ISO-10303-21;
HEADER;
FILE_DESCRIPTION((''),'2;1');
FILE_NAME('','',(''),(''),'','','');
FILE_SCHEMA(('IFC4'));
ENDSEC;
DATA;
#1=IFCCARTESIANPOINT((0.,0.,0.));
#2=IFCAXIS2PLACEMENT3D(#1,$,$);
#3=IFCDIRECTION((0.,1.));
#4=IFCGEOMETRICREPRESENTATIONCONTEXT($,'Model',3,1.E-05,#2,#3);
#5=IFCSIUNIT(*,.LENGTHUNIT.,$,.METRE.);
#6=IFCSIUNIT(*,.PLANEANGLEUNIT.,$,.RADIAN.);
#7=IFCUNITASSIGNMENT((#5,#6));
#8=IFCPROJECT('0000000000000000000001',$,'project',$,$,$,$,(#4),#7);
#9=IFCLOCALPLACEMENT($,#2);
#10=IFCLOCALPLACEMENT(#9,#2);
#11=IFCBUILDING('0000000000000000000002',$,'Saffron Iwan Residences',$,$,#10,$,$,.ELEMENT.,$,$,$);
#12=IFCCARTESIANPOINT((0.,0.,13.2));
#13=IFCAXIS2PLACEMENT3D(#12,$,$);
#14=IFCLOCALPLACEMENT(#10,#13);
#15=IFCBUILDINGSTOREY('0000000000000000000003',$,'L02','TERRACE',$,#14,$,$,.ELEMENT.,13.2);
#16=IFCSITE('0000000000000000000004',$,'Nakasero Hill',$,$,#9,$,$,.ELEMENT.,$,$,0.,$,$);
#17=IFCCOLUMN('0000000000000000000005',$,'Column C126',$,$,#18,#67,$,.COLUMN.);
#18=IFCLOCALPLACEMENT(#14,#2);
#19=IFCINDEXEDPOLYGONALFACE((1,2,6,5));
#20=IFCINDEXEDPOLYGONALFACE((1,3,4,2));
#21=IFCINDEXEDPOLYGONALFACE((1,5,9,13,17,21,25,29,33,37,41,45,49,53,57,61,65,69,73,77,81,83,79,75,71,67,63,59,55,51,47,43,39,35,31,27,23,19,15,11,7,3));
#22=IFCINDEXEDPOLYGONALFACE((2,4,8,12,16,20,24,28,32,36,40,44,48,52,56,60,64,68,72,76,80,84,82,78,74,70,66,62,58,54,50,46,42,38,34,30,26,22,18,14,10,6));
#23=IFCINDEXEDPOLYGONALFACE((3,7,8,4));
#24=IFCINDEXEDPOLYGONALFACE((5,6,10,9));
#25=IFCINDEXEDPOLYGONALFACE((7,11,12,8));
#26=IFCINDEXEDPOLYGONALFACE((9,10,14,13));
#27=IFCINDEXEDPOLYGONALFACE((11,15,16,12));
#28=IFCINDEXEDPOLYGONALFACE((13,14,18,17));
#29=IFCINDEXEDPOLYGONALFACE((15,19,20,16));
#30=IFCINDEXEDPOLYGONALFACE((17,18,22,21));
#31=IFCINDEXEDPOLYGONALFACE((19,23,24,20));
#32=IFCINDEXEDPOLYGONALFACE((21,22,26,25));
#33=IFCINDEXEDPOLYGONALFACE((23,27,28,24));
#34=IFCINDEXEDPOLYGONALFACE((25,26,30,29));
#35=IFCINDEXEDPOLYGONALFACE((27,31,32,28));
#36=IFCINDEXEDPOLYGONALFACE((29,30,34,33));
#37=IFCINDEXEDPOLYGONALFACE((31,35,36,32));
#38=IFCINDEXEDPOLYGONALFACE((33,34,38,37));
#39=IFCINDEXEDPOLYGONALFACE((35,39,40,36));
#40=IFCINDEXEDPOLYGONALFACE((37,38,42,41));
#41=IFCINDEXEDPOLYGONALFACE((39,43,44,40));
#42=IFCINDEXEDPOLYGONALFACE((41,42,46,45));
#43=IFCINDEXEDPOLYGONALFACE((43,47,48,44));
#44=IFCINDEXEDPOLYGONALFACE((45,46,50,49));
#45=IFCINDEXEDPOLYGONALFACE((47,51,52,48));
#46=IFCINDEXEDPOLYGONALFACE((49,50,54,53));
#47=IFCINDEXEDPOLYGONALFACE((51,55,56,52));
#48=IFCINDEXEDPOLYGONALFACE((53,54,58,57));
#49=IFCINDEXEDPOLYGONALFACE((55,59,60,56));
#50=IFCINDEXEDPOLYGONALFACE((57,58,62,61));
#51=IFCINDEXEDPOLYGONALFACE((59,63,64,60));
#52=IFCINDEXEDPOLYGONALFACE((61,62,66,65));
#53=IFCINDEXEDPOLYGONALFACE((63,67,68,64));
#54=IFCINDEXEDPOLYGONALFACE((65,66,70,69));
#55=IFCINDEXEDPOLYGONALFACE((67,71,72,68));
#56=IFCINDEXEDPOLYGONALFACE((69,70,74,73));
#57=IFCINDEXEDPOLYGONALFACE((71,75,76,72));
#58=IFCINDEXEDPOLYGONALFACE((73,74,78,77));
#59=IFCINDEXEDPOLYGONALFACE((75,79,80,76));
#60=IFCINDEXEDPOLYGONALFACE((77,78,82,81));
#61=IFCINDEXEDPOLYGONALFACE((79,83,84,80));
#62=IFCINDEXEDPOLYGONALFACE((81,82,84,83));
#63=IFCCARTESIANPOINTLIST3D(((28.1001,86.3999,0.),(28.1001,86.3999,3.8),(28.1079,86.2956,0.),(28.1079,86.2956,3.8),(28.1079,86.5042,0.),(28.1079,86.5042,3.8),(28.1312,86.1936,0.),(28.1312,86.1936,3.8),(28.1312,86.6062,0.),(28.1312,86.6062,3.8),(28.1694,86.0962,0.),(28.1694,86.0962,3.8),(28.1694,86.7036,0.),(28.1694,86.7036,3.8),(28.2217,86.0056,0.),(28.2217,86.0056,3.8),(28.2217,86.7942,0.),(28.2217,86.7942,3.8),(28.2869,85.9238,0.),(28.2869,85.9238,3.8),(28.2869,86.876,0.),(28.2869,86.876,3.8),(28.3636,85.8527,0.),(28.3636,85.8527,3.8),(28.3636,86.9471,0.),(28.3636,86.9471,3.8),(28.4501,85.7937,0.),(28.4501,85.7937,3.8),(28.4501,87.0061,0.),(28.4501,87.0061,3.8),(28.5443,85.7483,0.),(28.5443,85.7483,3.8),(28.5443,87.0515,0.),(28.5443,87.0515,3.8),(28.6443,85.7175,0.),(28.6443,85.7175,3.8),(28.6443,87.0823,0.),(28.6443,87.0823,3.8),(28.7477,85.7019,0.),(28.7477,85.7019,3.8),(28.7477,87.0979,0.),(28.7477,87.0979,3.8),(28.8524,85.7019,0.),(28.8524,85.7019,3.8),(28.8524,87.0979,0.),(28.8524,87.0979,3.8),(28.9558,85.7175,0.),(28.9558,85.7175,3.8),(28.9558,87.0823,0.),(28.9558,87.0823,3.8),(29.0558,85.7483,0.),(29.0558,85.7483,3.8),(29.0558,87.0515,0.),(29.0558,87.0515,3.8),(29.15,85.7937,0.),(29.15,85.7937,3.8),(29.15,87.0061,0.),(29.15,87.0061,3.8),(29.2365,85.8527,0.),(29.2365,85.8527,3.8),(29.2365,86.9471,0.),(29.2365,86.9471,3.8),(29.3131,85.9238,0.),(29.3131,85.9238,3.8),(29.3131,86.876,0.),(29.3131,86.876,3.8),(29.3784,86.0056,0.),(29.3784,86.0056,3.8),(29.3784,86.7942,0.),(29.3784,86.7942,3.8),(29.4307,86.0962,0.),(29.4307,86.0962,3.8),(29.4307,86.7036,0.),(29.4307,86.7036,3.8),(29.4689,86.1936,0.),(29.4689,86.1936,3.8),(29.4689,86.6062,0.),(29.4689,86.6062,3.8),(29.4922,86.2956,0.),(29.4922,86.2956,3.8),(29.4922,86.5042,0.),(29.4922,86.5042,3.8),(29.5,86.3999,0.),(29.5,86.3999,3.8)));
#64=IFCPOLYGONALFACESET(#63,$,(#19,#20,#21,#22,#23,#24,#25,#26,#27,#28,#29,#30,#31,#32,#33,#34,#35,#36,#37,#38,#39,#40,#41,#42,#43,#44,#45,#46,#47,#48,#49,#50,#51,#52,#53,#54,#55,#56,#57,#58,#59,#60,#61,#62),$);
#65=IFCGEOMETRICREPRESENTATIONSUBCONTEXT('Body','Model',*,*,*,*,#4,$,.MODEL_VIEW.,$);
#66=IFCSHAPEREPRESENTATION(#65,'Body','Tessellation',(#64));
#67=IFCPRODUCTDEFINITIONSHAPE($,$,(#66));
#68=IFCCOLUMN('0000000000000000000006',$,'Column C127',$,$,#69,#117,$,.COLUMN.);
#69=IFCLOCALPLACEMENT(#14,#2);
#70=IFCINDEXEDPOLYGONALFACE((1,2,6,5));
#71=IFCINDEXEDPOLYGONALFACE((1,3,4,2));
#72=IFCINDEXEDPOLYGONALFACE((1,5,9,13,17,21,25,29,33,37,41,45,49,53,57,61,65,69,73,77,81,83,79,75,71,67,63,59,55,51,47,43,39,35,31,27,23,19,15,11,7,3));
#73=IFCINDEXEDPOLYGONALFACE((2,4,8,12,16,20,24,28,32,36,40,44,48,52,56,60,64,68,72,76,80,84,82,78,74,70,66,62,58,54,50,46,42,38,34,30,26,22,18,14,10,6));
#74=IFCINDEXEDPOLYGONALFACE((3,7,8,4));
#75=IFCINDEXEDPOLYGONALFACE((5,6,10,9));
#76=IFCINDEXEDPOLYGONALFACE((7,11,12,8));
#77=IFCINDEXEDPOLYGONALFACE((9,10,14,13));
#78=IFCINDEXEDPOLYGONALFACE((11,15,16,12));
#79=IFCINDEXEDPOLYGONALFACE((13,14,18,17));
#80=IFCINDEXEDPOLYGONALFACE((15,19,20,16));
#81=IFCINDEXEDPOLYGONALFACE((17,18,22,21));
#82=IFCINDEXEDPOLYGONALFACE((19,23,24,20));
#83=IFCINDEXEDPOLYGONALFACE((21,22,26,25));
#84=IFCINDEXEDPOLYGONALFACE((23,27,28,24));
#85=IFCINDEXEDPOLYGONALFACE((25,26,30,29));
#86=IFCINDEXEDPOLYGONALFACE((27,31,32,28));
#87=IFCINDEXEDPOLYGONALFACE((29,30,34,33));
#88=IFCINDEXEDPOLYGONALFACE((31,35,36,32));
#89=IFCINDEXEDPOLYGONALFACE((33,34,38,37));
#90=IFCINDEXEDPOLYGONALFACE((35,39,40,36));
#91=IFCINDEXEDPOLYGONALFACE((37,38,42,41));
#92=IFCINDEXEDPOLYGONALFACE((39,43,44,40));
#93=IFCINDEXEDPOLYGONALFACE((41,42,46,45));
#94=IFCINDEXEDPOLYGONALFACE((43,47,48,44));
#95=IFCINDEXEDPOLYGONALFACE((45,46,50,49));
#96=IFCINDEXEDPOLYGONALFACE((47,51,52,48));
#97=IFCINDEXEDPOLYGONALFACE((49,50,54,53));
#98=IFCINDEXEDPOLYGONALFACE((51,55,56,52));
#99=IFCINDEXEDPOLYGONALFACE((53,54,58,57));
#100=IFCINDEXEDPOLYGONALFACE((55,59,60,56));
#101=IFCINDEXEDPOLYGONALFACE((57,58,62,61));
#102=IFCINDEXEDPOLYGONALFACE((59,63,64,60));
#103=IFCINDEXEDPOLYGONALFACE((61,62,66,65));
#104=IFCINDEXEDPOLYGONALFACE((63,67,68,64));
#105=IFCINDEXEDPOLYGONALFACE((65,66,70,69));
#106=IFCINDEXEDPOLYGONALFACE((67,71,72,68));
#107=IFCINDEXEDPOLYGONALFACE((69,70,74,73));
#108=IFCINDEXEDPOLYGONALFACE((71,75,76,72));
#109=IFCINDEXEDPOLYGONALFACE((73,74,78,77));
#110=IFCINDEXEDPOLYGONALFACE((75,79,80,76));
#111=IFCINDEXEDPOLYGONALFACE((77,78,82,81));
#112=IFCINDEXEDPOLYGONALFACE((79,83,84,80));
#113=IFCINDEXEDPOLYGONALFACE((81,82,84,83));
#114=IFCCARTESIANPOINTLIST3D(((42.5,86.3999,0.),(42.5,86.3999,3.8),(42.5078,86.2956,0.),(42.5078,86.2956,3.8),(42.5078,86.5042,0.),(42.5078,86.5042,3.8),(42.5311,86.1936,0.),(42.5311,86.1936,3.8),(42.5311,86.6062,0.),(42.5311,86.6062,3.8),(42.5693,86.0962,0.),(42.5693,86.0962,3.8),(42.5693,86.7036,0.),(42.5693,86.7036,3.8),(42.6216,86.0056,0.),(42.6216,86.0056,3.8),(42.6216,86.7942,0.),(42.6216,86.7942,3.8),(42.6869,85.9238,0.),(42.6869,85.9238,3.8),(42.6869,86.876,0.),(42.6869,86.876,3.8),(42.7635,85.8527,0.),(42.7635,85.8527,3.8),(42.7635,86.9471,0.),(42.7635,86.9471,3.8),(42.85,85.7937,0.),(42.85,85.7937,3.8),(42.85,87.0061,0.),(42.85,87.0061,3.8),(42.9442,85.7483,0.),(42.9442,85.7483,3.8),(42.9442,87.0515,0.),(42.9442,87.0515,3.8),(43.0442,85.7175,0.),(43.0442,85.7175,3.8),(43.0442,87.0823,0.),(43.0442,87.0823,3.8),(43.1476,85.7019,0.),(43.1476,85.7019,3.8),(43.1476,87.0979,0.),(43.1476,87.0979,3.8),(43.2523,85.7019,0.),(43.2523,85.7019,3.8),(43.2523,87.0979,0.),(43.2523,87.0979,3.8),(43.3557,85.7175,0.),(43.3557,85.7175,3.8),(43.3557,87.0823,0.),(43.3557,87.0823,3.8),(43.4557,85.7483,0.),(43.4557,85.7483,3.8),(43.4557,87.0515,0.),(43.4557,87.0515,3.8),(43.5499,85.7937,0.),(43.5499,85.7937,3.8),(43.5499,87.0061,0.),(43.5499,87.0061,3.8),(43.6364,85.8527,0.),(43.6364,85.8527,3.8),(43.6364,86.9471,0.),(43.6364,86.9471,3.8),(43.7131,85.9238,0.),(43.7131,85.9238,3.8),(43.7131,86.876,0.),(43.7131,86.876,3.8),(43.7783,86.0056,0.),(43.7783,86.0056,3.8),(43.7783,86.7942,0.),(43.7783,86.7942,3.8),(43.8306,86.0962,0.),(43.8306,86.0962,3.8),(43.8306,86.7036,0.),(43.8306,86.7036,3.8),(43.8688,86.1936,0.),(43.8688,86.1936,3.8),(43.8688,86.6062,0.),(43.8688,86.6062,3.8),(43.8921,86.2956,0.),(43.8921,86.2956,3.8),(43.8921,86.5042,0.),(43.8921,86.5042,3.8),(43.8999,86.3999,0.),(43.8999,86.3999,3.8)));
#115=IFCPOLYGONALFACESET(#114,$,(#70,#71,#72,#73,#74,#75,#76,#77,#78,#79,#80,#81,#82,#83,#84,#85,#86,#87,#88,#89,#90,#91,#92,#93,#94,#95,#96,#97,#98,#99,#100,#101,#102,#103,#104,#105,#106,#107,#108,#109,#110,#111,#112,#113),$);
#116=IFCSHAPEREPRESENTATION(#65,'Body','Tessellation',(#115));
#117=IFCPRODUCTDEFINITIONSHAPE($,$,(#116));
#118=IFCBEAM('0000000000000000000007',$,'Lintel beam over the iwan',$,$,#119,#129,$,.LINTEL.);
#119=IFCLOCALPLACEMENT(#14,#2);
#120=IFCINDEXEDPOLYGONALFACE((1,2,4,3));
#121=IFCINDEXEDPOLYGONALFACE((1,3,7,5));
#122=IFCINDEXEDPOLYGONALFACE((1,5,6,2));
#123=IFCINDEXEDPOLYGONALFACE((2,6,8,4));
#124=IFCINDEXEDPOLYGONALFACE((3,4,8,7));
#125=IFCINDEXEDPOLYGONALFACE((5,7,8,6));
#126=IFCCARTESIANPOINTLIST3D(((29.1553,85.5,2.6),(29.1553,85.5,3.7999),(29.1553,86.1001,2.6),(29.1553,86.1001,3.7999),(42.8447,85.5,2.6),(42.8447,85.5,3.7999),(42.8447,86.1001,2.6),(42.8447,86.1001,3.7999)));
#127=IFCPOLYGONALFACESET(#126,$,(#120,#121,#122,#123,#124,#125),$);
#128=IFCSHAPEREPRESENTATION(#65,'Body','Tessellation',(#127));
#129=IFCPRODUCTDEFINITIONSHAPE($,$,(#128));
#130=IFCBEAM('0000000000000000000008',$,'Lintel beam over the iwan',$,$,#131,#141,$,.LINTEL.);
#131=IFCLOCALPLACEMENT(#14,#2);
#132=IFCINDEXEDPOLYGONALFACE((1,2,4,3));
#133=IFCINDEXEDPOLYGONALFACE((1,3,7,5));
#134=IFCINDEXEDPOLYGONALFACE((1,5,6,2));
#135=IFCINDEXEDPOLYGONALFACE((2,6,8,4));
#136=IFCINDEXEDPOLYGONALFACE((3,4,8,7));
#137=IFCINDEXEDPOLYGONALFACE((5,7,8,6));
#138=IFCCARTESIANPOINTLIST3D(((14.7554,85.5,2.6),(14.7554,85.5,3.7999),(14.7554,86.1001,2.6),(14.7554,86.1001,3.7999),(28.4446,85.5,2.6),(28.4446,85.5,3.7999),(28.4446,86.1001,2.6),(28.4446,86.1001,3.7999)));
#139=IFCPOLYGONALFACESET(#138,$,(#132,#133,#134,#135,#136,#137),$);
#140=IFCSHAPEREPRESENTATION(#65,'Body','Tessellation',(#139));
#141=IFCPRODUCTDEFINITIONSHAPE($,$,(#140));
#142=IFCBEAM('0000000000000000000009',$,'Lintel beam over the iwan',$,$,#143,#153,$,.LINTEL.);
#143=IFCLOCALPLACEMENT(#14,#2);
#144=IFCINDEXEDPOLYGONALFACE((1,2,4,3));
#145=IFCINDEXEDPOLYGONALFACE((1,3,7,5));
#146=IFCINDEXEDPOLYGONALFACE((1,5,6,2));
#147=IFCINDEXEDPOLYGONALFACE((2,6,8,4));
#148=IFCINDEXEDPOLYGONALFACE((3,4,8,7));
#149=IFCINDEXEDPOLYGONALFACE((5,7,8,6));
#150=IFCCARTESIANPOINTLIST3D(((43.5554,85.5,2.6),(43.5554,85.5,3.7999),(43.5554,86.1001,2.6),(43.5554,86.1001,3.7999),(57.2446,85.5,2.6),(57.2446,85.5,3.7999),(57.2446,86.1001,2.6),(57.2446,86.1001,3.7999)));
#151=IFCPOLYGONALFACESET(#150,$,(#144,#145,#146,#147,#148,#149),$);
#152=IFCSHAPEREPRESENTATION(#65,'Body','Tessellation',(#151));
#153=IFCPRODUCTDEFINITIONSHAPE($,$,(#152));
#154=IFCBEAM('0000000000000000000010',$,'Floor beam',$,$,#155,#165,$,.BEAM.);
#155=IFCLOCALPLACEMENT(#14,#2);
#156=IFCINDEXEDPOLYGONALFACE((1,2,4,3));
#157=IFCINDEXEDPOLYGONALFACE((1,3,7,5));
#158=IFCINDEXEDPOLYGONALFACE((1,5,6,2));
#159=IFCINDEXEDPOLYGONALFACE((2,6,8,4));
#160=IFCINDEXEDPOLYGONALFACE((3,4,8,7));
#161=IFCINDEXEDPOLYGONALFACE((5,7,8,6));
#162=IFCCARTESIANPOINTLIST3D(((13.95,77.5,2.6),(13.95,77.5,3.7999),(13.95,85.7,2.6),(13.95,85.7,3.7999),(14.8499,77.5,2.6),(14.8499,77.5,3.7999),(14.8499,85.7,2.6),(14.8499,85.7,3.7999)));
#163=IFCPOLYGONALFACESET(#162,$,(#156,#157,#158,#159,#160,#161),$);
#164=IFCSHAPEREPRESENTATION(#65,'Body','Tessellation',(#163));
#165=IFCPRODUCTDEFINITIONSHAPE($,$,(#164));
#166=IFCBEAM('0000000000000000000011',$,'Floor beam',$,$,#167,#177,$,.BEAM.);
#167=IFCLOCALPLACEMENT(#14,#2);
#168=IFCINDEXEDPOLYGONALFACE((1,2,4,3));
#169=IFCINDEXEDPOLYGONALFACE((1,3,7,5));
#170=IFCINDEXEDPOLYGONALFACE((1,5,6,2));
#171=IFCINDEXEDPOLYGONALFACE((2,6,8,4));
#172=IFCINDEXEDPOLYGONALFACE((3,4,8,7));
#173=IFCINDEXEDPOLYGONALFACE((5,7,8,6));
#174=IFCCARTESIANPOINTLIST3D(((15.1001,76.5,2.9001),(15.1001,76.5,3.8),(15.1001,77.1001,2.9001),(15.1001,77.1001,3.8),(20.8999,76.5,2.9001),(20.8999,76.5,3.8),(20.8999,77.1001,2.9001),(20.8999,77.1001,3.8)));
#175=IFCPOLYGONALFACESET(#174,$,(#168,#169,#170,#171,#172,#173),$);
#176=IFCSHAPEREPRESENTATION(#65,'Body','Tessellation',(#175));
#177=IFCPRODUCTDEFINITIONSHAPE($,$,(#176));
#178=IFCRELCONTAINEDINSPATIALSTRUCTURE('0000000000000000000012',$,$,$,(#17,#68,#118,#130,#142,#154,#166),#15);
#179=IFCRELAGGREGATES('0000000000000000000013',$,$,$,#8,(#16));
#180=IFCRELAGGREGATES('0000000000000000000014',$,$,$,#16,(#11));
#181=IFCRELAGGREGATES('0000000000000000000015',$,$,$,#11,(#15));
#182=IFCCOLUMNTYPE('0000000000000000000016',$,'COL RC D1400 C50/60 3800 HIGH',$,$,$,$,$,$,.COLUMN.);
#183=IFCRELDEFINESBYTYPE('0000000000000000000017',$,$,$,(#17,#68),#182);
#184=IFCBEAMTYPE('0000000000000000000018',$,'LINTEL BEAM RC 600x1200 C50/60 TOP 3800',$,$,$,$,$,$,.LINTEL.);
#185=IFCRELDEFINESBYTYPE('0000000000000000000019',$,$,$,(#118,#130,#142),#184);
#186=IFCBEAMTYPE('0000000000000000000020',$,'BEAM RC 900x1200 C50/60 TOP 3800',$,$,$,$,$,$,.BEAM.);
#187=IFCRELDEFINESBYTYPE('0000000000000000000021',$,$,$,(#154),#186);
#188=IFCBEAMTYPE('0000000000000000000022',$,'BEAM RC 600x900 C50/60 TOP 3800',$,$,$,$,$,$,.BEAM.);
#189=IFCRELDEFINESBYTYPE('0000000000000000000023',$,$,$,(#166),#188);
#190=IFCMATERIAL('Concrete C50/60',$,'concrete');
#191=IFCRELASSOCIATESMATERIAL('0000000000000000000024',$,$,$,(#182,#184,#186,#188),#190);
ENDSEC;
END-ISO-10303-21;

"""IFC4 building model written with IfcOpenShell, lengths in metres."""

from ifc_helpers import new_model, si_unit, direction, frame, origin, origin_2d, place, context, subcontext, project, spatial, rectangle, circle, extrude, source, transform, mapped, material, material_profile, profile_set, type_object, element, save


model = new_model("IFC4")

# Units and contexts
model_context = context("Model", 3, precision=1e-05, world=origin(), true_north=direction((0.0, 1.0)))
body_context = subcontext(model_context, "Body", "Model", "MODEL_VIEW")
ifc_project = project(units=[si_unit("LENGTHUNIT", "METRE"), si_unit("PLANEANGLEUNIT", "RADIAN")], contexts=[model_context])

# Site, building, storey
site_placement = place(None, origin())
site = spatial("IfcSite", under=ifc_project, at=site_placement, Name="Nakasero Hill", CompositionType="ELEMENT", RefElevation=0.0)
building_placement = place(site_placement, origin())
building = spatial("IfcBuilding", under=site, at=building_placement, Name="Saffron Iwan Residences", CompositionType="ELEMENT")
storey_placement = place(building_placement, frame((0.0, 0.0, 13.2)))
storey = spatial("IfcBuildingStorey", under=building, at=storey_placement, Name="L02", Description="TERRACE", CompositionType="ELEMENT", Elevation=13.2)

# Columns
ifc_material_1 = material(Name="Concrete C50/60", Category="concrete")
ifc_material_profile_1 = material_profile(ifc_material_1, circle(Radius=0.7, at=origin_2d()), Name="RC D1400")
ifc_profile_set_1 = profile_set([ifc_material_profile_1], Name="Concrete C50/60")
column_type = type_object("IfcColumnType", Name="COL RC D1400 C50/60 3800 HIGH", PredefinedType="COLUMN", material=ifc_profile_set_1)
shared_shape_1 = source(origin(), body_context, "Body", "SweptSolid", [
    extrude(circle(Radius=0.7, at=origin_2d()), origin(), (0.0, 0.0, 1.0), 3.8),
])
for number, where, z_axis, x_axis, name in (
    (1, (28.8, 86.3999, 0.0), (0.0, 0.0, 1.0), (1.0, 0.0, 0.0), "Column C126"),
    (2, (43.2, 86.3999, 0.0), (0.0, 0.0, 1.0), (1.0, 0.0, 0.0), "Column C127"),
):
    element("IfcColumn", number, at=place(storey_placement, frame(where, z_axis=z_axis, x_axis=x_axis)), inside=storey, type_object=column_type, Name=name, PredefinedType="COLUMN", context=body_context, shape_type="MappedRepresentation", body=[
        mapped(shared_shape_1, transform((0.0, 0.0, 0.0))),
    ])

# Beams
ifc_material_profile_2 = material_profile(ifc_material_1, rectangle(XDim=0.6001, YDim=1.2, at=origin_2d()), Name="RC 600x1200")
ifc_profile_set_2 = profile_set([ifc_material_profile_2], Name="Concrete C50/60")
beam_type_1 = type_object("IfcBeamType", Name="LINTEL BEAM RC 600x1200 C50/60 TOP 3800", PredefinedType="LINTEL", material=ifc_profile_set_2)
shared_shape_2 = source(origin(), body_context, "Body", "SweptSolid", [
    extrude(rectangle(XDim=0.6001, YDim=1.2, at=origin_2d()), origin(), (0.0, 0.0, 1.0), 13.6895),
])
beam_1_placement = place(storey_placement, frame((29.1553, 85.8, 3.2), z_axis=(1.0, 0.0, 0.0), x_axis=(0.0, 1.0, 0.0)))
element("IfcBeam", 3, at=beam_1_placement, inside=storey, type_object=beam_type_1, Name="Lintel beam over the iwan", PredefinedType="LINTEL", context=body_context, shape_type="MappedRepresentation", body=[
    mapped(shared_shape_2, transform((0.0, 0.0, 0.0))),
])
shared_shape_3 = source(origin(), body_context, "Body", "SweptSolid", [
    extrude(rectangle(XDim=0.6001, YDim=1.2, at=origin_2d()), origin(), (0.0, 0.0, 1.0), 13.6892),
])
for number, where, z_axis, x_axis, name in (
    (4, (14.7554, 85.8, 3.2), (1.0, 0.0, 0.0), (0.0, 1.0, 0.0), "Lintel beam over the iwan"),
    (5, (43.5554, 85.8, 3.2), (1.0, 0.0, 0.0), (0.0, 1.0, 0.0), "Lintel beam over the iwan"),
):
    element("IfcBeam", number, at=place(storey_placement, frame(where, z_axis=z_axis, x_axis=x_axis)), inside=storey, type_object=beam_type_1, Name=name, PredefinedType="LINTEL", context=body_context, shape_type="MappedRepresentation", body=[
        mapped(shared_shape_3, transform((0.0, 0.0, 0.0))),
    ])
ifc_material_profile_3 = material_profile(ifc_material_1, rectangle(XDim=0.8999, YDim=1.2, at=origin_2d()), Name="RC 900x1200")
ifc_profile_set_3 = profile_set([ifc_material_profile_3], Name="Concrete C50/60")
beam_type_2 = type_object("IfcBeamType", Name="BEAM RC 900x1200 C50/60 TOP 3800", PredefinedType="BEAM", material=ifc_profile_set_3)
shared_shape_4 = source(origin(), body_context, "Body", "SweptSolid", [
    extrude(rectangle(XDim=0.8999, YDim=1.2, at=origin_2d()), origin(), (0.0, 0.0, 1.0), 8.2),
])
beam_2_placement = place(storey_placement, frame((14.3999, 77.5, 3.2), z_axis=(0.0, 1.0, 0.0), x_axis=(-1.0, 0.0, 0.0)))
element("IfcBeam", 6, at=beam_2_placement, inside=storey, type_object=beam_type_2, Name="Floor beam", PredefinedType="BEAM", context=body_context, shape_type="MappedRepresentation", body=[
    mapped(shared_shape_4, transform((0.0, 0.0, 0.0))),
])
ifc_material_profile_4 = material_profile(ifc_material_1, rectangle(XDim=0.6001, YDim=0.8999, at=origin_2d()), Name="RC 600x900")
ifc_profile_set_4 = profile_set([ifc_material_profile_4], Name="Concrete C50/60")
beam_type_3 = type_object("IfcBeamType", Name="BEAM RC 600x900 C50/60 TOP 3800", PredefinedType="BEAM", material=ifc_profile_set_4)
shared_shape_5 = source(origin(), body_context, "Body", "SweptSolid", [
    extrude(rectangle(XDim=0.6001, YDim=0.8999, at=origin_2d()), origin(), (0.0, 0.0, 1.0), 5.7998),
])
beam_3_placement = place(storey_placement, frame((15.1001, 76.8, 3.3501), z_axis=(1.0, 0.0, 0.0), x_axis=(0.0, 1.0, 0.0)))
element("IfcBeam", 7, at=beam_3_placement, inside=storey, type_object=beam_type_3, Name="Floor beam", PredefinedType="BEAM", context=body_context, shape_type="MappedRepresentation", body=[
    mapped(shared_shape_5, transform((0.0, 0.0, 0.0))),
])

save(model, "model.ifc")
